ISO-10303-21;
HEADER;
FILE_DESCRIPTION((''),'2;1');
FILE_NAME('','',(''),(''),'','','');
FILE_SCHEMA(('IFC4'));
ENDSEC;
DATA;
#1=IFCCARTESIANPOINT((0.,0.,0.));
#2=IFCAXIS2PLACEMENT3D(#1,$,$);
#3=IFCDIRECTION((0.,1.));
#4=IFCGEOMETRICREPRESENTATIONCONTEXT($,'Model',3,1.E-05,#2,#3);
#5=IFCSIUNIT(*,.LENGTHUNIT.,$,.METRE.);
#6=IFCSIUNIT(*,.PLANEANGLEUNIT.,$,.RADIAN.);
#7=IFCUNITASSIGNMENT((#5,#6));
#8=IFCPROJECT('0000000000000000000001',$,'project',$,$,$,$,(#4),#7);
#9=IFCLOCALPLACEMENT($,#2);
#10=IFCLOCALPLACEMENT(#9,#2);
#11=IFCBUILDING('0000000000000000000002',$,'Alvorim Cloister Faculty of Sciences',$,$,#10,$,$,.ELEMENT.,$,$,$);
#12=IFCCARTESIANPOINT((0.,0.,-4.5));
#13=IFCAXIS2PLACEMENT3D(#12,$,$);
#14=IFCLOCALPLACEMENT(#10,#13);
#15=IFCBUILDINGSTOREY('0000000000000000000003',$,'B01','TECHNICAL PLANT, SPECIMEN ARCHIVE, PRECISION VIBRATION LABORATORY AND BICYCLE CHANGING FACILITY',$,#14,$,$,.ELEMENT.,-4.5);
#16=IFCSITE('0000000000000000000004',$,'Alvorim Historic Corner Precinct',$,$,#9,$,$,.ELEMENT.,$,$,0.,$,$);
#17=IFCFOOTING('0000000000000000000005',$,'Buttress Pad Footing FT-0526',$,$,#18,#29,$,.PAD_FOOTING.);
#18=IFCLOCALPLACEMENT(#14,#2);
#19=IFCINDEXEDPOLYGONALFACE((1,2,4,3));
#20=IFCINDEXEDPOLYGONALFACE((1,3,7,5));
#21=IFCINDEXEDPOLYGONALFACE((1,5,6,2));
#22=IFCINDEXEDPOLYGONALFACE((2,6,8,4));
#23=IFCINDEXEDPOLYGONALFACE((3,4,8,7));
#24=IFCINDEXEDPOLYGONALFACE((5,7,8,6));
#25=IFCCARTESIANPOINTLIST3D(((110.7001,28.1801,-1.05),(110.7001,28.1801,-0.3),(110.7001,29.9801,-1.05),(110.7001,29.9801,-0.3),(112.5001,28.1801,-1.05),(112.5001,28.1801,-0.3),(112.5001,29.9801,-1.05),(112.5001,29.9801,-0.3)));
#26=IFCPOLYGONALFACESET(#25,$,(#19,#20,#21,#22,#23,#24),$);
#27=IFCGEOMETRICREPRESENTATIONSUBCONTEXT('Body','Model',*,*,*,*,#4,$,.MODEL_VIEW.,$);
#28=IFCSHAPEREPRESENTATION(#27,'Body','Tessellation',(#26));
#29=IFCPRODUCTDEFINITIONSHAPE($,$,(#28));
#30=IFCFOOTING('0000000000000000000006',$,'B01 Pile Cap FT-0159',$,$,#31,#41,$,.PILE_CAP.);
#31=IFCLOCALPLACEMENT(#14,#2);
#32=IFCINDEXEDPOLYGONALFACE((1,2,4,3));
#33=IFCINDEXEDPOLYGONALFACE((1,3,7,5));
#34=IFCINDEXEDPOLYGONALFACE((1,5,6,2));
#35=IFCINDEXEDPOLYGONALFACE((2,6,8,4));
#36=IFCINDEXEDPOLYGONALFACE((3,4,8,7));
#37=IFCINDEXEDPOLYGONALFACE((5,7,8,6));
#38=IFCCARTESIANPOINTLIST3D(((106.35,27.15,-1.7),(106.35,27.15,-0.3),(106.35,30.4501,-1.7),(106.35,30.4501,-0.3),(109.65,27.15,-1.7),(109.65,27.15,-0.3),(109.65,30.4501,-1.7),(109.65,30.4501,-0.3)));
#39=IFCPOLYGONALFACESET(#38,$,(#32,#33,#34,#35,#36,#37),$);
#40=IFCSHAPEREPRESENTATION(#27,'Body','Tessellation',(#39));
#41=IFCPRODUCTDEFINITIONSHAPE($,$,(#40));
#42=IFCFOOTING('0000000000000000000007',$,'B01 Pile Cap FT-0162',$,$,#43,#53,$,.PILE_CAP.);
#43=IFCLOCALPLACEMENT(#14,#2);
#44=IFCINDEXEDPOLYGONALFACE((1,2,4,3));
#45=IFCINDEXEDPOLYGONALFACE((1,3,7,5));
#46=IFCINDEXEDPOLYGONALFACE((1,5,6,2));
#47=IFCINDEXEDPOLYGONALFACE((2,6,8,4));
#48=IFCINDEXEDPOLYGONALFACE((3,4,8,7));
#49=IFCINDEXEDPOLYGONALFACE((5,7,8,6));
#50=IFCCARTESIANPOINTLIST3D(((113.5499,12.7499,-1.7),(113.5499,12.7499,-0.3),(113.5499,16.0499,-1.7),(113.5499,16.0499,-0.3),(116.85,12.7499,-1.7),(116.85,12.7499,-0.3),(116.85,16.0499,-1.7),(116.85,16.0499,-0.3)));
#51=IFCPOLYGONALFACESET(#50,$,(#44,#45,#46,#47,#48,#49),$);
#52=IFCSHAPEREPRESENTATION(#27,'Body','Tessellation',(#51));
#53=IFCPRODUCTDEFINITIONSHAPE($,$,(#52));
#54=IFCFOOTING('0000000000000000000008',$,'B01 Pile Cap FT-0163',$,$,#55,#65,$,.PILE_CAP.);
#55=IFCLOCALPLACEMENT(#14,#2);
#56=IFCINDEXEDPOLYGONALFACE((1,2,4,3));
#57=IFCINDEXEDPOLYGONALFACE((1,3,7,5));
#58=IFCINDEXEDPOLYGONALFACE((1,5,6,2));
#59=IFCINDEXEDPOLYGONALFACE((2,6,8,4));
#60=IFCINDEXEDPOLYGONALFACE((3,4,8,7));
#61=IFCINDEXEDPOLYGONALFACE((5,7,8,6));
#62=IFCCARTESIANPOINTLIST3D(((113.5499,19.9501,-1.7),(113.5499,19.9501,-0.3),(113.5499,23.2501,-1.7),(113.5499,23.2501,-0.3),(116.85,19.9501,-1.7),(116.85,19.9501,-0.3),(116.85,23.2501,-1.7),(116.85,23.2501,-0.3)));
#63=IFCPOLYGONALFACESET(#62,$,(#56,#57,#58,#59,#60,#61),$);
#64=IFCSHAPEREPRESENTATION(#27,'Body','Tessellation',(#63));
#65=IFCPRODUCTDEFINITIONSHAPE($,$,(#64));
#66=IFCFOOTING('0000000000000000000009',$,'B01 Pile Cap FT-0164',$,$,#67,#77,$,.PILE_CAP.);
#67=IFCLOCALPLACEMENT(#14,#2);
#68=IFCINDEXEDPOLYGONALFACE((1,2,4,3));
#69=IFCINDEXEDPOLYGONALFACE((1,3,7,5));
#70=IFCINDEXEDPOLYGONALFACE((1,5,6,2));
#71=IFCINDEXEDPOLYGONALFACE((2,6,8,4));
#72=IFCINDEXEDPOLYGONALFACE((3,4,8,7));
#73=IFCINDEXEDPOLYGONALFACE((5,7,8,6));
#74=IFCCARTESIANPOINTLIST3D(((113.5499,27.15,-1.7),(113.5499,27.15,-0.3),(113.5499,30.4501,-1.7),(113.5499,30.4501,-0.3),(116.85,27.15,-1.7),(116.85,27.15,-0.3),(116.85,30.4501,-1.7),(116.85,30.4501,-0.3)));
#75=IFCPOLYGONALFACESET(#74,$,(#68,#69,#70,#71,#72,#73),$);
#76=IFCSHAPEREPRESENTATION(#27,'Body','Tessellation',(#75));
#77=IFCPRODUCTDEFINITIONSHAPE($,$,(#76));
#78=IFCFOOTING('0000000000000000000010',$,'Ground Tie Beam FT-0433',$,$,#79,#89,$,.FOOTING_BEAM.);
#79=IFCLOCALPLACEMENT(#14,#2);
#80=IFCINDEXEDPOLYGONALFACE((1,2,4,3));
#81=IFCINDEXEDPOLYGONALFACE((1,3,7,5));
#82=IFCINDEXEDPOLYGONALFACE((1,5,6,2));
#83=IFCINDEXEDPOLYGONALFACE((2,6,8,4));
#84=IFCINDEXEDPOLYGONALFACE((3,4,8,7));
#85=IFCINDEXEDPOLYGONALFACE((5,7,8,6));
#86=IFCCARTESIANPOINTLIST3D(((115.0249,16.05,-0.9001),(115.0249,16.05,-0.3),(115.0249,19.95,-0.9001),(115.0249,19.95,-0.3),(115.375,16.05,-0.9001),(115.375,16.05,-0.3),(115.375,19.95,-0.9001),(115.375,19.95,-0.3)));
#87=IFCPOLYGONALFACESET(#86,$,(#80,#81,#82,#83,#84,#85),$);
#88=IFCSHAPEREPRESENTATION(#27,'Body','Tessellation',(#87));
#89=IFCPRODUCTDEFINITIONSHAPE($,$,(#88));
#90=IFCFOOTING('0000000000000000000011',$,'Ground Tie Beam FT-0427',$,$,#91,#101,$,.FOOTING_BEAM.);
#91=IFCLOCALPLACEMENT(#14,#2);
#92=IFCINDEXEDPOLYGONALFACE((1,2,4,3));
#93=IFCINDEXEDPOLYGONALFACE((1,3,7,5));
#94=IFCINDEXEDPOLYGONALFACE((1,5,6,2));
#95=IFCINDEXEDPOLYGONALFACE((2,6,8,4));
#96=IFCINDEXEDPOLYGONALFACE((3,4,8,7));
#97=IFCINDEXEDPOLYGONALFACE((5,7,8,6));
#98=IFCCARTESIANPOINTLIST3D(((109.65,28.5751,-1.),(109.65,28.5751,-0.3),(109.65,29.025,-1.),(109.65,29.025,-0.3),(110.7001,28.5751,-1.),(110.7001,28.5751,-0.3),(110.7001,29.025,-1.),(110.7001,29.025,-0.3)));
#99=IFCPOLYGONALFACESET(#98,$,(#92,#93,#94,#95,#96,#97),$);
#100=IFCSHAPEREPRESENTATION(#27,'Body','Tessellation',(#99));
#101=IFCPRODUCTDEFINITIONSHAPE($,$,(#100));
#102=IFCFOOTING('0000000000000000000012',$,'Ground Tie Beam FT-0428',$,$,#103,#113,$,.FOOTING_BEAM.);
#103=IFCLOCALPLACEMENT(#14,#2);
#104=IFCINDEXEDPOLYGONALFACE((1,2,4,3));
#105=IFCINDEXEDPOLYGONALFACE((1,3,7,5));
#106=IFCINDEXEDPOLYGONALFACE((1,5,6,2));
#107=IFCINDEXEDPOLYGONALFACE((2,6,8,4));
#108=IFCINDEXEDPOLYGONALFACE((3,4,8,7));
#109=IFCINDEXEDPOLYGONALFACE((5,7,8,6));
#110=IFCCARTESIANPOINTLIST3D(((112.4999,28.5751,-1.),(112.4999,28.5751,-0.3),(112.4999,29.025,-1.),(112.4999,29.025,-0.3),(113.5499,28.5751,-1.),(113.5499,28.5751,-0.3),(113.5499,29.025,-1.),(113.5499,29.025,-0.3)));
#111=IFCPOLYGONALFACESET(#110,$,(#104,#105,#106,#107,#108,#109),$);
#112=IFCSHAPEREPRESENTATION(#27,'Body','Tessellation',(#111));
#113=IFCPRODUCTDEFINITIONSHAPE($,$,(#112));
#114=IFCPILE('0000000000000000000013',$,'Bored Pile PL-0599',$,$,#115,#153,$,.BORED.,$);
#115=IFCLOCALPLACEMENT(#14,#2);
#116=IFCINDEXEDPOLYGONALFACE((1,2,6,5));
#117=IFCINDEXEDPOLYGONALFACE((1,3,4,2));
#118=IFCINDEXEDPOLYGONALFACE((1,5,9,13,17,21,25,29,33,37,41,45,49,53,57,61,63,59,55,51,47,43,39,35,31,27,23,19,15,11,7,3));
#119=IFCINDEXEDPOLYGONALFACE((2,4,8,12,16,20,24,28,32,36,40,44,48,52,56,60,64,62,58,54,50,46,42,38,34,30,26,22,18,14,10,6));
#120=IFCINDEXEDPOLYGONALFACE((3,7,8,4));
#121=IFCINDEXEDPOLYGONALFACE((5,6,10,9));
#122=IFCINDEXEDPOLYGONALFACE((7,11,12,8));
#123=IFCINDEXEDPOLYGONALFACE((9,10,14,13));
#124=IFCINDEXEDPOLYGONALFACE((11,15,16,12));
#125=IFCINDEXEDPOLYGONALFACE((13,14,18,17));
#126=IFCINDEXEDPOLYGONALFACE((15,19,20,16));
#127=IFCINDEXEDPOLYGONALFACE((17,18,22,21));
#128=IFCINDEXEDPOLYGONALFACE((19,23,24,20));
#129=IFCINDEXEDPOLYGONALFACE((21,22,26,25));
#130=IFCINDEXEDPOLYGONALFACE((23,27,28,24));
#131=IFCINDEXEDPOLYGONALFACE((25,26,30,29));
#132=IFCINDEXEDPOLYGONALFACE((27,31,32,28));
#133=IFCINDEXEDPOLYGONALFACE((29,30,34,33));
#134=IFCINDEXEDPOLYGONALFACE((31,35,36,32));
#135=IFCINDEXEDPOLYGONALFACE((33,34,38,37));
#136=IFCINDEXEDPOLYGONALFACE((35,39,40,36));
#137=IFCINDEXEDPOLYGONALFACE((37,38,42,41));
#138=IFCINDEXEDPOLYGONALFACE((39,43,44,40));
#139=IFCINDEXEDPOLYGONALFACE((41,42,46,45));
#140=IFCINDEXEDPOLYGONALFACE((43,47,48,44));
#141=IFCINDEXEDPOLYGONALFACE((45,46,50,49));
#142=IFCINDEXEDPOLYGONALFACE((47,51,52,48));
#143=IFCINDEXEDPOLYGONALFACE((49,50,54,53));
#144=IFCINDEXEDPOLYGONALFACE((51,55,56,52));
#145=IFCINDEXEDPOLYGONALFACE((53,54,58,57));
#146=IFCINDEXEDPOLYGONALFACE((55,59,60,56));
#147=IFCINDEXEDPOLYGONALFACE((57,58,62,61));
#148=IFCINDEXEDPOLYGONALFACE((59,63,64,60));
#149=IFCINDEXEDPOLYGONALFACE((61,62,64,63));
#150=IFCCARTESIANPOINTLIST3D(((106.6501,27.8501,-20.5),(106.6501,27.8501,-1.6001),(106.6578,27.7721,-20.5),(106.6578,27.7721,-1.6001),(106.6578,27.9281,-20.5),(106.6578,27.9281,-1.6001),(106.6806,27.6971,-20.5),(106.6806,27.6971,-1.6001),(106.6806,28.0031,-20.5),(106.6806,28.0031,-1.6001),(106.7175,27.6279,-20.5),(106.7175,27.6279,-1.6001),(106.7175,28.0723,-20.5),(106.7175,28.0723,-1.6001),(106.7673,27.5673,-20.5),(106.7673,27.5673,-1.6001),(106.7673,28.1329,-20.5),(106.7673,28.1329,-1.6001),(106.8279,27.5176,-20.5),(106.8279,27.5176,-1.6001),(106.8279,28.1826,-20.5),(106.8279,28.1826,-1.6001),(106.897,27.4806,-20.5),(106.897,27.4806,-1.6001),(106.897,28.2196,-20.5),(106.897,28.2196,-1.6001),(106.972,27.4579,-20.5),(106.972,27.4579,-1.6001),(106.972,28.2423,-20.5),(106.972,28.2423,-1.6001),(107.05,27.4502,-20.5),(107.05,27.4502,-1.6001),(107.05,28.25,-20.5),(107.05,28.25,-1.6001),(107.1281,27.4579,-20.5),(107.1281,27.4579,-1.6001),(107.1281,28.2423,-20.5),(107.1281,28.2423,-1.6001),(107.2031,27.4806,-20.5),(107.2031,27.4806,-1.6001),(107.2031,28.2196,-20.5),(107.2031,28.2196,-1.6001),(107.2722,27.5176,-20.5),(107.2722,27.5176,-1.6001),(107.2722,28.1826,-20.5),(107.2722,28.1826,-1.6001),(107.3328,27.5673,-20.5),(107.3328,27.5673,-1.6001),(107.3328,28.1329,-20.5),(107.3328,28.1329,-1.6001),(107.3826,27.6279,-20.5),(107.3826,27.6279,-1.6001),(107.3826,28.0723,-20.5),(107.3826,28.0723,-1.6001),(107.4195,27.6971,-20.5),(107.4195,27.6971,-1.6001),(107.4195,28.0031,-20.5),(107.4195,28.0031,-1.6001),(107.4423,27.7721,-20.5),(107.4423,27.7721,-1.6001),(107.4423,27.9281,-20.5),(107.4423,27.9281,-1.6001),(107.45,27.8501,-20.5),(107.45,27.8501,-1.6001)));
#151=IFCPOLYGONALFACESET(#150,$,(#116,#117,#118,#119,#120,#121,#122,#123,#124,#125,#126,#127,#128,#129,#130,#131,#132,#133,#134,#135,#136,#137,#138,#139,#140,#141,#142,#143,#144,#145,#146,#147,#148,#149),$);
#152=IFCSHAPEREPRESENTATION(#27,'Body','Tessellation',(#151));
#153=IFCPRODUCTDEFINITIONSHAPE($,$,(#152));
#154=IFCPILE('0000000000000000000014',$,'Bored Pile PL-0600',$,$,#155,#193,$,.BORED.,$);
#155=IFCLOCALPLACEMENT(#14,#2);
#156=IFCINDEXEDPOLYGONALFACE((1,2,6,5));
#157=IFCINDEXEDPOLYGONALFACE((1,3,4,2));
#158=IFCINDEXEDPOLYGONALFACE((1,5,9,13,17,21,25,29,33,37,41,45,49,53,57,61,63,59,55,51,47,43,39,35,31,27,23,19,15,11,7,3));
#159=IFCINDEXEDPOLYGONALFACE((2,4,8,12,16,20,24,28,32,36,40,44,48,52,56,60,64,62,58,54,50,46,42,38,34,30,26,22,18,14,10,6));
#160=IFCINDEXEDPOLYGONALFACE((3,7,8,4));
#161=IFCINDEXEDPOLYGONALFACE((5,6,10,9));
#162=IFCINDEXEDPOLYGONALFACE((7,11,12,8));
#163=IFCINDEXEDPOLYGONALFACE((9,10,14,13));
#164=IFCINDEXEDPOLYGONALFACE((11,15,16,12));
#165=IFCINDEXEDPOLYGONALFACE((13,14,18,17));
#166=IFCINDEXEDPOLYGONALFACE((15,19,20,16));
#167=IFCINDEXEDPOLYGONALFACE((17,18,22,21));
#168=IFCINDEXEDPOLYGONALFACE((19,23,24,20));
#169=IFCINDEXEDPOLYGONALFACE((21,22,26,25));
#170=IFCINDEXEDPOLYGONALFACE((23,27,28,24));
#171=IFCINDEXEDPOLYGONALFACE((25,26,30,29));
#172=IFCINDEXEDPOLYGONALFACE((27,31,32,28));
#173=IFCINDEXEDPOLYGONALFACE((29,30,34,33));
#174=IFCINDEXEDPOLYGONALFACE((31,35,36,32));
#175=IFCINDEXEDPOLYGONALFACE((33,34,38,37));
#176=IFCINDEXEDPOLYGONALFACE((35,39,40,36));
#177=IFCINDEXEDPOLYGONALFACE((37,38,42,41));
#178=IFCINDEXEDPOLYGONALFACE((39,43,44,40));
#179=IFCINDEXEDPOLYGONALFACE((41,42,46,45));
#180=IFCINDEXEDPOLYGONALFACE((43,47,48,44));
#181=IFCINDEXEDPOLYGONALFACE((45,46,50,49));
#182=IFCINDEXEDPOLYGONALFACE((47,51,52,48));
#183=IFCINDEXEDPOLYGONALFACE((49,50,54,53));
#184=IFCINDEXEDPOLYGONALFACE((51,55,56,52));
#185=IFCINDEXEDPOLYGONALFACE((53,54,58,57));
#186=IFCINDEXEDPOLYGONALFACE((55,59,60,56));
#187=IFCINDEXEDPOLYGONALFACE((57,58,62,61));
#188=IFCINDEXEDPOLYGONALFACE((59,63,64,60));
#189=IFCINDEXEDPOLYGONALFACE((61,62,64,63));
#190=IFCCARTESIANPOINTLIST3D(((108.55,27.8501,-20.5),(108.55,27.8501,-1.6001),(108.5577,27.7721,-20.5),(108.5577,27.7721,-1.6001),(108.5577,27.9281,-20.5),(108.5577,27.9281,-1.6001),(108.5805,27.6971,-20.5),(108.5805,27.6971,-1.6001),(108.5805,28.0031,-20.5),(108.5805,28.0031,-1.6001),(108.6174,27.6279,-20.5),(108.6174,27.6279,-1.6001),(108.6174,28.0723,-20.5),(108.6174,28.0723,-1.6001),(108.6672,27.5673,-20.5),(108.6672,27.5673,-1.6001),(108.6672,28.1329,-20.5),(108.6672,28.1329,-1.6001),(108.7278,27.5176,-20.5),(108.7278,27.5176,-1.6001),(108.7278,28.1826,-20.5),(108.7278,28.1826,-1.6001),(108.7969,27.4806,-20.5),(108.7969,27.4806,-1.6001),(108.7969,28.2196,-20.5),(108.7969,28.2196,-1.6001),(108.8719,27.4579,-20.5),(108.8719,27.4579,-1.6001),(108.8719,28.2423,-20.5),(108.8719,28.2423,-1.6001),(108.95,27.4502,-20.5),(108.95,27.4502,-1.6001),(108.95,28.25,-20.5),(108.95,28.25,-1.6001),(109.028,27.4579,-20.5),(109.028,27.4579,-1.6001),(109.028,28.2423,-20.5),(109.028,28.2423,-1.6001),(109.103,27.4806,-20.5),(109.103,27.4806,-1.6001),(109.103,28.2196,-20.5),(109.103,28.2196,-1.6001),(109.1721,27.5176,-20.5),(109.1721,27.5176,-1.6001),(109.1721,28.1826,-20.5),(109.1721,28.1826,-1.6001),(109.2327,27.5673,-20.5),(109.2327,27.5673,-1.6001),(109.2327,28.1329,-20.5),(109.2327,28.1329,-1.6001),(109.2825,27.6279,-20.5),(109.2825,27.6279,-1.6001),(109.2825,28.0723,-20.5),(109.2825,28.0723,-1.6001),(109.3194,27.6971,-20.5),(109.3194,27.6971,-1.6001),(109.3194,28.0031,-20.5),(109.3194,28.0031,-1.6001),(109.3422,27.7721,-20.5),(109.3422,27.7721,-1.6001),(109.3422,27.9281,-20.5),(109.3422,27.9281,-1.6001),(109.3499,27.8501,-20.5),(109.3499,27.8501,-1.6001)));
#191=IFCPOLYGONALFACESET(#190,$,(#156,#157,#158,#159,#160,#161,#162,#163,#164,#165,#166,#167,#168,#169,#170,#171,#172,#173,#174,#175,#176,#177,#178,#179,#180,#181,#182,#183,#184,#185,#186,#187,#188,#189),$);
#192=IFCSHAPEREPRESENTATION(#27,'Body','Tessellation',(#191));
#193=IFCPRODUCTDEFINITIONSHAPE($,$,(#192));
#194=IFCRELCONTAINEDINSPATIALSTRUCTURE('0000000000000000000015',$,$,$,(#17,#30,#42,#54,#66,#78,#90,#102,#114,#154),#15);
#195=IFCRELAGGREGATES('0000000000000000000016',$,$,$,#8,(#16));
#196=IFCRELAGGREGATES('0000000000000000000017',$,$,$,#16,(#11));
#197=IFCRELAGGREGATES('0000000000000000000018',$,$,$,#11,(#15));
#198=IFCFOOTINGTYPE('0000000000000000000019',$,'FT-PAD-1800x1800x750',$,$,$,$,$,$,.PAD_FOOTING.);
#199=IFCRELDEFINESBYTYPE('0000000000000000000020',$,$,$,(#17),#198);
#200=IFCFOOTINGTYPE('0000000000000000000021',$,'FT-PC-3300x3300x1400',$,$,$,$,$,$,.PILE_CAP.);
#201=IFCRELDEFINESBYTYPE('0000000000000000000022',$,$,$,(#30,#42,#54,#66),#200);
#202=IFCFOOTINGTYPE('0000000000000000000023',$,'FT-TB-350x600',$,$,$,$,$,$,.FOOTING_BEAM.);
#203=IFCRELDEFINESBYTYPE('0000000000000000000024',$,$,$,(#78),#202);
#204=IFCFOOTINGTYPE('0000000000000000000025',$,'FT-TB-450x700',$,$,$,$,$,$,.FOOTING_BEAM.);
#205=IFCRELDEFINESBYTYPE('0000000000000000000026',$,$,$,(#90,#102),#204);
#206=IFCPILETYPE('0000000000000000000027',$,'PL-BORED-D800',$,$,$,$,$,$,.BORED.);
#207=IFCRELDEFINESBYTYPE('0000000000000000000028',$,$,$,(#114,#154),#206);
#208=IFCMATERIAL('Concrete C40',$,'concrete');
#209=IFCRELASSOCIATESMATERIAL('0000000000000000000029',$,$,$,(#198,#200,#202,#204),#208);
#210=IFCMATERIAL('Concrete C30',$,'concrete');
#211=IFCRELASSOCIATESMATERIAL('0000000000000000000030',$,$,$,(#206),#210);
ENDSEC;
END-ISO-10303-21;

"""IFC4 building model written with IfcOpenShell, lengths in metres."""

from ifc_helpers import new_model, si_unit, direction, frame, origin, origin_2d, place, context, subcontext, project, spatial, rectangle, circle, extrude, material, material_profile, profile_set, type_object, element, save


model = new_model("IFC4")

# Units and contexts
model_context = context("Model", 3, precision=1e-05, world=origin(), true_north=direction((0.0, 1.0)))
body_context = subcontext(model_context, "Body", "Model", "MODEL_VIEW")
ifc_project = project(units=[si_unit("LENGTHUNIT", "METRE"), si_unit("PLANEANGLEUNIT", "RADIAN")], contexts=[model_context])

# Site, building, storey
site_placement = place(None, origin())
site = spatial("IfcSite", under=ifc_project, at=site_placement, Name="Alvorim Historic Corner Precinct", CompositionType="ELEMENT", RefElevation=0.0)
building_placement = place(site_placement, origin())
building = spatial("IfcBuilding", under=site, at=building_placement, Name="Alvorim Cloister Faculty of Sciences", CompositionType="ELEMENT")
storey_placement = place(building_placement, frame((0.0, 0.0, -4.5)))
storey = spatial("IfcBuildingStorey", under=building, at=storey_placement, Name="B01", Description="TECHNICAL PLANT, SPECIMEN ARCHIVE, PRECISION VIBRATION LABORATORY AND BICYCLE CHANGING FACILITY", CompositionType="ELEMENT", Elevation=-4.5)

# Footings
ifc_material_1 = material(Name="Concrete C40", Category="concrete")
footing_type_1 = type_object("IfcFootingType", Name="FT-PAD-1800x1800x750", PredefinedType="PAD_FOOTING", material=ifc_material_1)
footing_1_placement = place(storey_placement, frame((111.6001, 29.0801, -1.05), z_axis=(0.0, 0.0, 1.0), x_axis=(1.0, 0.0, 0.0)))
element("IfcFooting", 1, at=footing_1_placement, inside=storey, type_object=footing_type_1, Name="Buttress Pad Footing FT-0526", PredefinedType="PAD_FOOTING", context=body_context, shape_type="SweptSolid", body=[
    extrude(rectangle(XDim=1.8, YDim=1.8, at=origin_2d()), origin(), (0.0, 0.0, 1.0), 0.75),
])
footing_type_2 = type_object("IfcFootingType", Name="FT-PC-3300x3300x1400", PredefinedType="PILE_CAP", material=ifc_material_1)
for number, where, z_axis, x_axis, name in (
    (2, (108.0, 28.8, -1.7), (0.0, 0.0, 1.0), (1.0, 0.0, 0.0), "B01 Pile Cap FT-0159"),
    (3, (115.2, 14.3999, -1.7), (0.0, 0.0, 1.0), (1.0, 0.0, 0.0), "B01 Pile Cap FT-0162"),
    (4, (115.2, 21.6001, -1.7), (0.0, 0.0, 1.0), (1.0, 0.0, 0.0), "B01 Pile Cap FT-0163"),
    (5, (115.2, 28.8, -1.7), (0.0, 0.0, 1.0), (1.0, 0.0, 0.0), "B01 Pile Cap FT-0164"),
):
    element("IfcFooting", number, at=place(storey_placement, frame(where, z_axis=z_axis, x_axis=x_axis)), inside=storey, type_object=footing_type_2, Name=name, PredefinedType="PILE_CAP", context=body_context, shape_type="SweptSolid", body=[
        extrude(rectangle(XDim=3.3, YDim=3.3, at=origin_2d()), origin(), (0.0, 0.0, 1.0), 1.3999),
    ])
footing_type_3 = type_object("IfcFootingType", Name="FT-TB-350x600", PredefinedType="FOOTING_BEAM", material=ifc_material_1)
footing_2_placement = place(storey_placement, frame((115.2, 18.0, -0.9001), z_axis=(0.0, 0.0, 1.0), x_axis=(1.0, 0.0, 0.0)))
element("IfcFooting", 6, at=footing_2_placement, inside=storey, type_object=footing_type_3, Name="Ground Tie Beam FT-0433", PredefinedType="FOOTING_BEAM", context=body_context, shape_type="SweptSolid", body=[
    extrude(rectangle(XDim=0.3501, YDim=3.8999, at=origin_2d()), origin(), (0.0, 0.0, 1.0), 0.6001),
])
footing_type_4 = type_object("IfcFootingType", Name="FT-TB-450x700", PredefinedType="FOOTING_BEAM", material=ifc_material_1)
for number, where, z_axis, x_axis, name in (
    (7, (110.175, 28.8, -1.0), (0.0, 0.0, 1.0), (1.0, 0.0, 0.0), "Ground Tie Beam FT-0427"),
    (8, (113.0249, 28.8, -1.0), (0.0, 0.0, 1.0), (1.0, 0.0, 0.0), "Ground Tie Beam FT-0428"),
):
    element("IfcFooting", number, at=place(storey_placement, frame(where, z_axis=z_axis, x_axis=x_axis)), inside=storey, type_object=footing_type_4, Name=name, PredefinedType="FOOTING_BEAM", context=body_context, shape_type="SweptSolid", body=[
        extrude(rectangle(XDim=1.05, YDim=0.45, at=origin_2d()), origin(), (0.0, 0.0, 1.0), 0.7),
    ])

# Piles
ifc_material_2 = material(Name="Concrete C30", Category="concrete")
ifc_material_profile_1 = material_profile(ifc_material_2, circle(Radius=0.3999, at=origin_2d()), Name="PILE-D800")
ifc_profile_set_1 = profile_set([ifc_material_profile_1], Name="Concrete C30")
pile_type = type_object("IfcPileType", Name="PL-BORED-D800", PredefinedType="BORED", material=ifc_profile_set_1)
for number, where, z_axis, x_axis, name in (
    (9, (107.05, 27.8501, -1.6001), (0.0, 0.0, -1.0), (1.0, 0.0, 0.0), "Bored Pile PL-0599"),
    (10, (108.95, 27.8501, -1.6001), (0.0, 0.0, -1.0), (1.0, 0.0, 0.0), "Bored Pile PL-0600"),
):
    element("IfcPile", number, at=place(storey_placement, frame(where, z_axis=z_axis, x_axis=x_axis)), inside=storey, type_object=pile_type, Name=name, PredefinedType="BORED", context=body_context, shape_type="SweptSolid", body=[
        extrude(circle(Radius=0.3999, at=origin_2d()), origin(), (0.0, 0.0, 1.0), 18.8999),
    ])

save(model, "model.ifc")
